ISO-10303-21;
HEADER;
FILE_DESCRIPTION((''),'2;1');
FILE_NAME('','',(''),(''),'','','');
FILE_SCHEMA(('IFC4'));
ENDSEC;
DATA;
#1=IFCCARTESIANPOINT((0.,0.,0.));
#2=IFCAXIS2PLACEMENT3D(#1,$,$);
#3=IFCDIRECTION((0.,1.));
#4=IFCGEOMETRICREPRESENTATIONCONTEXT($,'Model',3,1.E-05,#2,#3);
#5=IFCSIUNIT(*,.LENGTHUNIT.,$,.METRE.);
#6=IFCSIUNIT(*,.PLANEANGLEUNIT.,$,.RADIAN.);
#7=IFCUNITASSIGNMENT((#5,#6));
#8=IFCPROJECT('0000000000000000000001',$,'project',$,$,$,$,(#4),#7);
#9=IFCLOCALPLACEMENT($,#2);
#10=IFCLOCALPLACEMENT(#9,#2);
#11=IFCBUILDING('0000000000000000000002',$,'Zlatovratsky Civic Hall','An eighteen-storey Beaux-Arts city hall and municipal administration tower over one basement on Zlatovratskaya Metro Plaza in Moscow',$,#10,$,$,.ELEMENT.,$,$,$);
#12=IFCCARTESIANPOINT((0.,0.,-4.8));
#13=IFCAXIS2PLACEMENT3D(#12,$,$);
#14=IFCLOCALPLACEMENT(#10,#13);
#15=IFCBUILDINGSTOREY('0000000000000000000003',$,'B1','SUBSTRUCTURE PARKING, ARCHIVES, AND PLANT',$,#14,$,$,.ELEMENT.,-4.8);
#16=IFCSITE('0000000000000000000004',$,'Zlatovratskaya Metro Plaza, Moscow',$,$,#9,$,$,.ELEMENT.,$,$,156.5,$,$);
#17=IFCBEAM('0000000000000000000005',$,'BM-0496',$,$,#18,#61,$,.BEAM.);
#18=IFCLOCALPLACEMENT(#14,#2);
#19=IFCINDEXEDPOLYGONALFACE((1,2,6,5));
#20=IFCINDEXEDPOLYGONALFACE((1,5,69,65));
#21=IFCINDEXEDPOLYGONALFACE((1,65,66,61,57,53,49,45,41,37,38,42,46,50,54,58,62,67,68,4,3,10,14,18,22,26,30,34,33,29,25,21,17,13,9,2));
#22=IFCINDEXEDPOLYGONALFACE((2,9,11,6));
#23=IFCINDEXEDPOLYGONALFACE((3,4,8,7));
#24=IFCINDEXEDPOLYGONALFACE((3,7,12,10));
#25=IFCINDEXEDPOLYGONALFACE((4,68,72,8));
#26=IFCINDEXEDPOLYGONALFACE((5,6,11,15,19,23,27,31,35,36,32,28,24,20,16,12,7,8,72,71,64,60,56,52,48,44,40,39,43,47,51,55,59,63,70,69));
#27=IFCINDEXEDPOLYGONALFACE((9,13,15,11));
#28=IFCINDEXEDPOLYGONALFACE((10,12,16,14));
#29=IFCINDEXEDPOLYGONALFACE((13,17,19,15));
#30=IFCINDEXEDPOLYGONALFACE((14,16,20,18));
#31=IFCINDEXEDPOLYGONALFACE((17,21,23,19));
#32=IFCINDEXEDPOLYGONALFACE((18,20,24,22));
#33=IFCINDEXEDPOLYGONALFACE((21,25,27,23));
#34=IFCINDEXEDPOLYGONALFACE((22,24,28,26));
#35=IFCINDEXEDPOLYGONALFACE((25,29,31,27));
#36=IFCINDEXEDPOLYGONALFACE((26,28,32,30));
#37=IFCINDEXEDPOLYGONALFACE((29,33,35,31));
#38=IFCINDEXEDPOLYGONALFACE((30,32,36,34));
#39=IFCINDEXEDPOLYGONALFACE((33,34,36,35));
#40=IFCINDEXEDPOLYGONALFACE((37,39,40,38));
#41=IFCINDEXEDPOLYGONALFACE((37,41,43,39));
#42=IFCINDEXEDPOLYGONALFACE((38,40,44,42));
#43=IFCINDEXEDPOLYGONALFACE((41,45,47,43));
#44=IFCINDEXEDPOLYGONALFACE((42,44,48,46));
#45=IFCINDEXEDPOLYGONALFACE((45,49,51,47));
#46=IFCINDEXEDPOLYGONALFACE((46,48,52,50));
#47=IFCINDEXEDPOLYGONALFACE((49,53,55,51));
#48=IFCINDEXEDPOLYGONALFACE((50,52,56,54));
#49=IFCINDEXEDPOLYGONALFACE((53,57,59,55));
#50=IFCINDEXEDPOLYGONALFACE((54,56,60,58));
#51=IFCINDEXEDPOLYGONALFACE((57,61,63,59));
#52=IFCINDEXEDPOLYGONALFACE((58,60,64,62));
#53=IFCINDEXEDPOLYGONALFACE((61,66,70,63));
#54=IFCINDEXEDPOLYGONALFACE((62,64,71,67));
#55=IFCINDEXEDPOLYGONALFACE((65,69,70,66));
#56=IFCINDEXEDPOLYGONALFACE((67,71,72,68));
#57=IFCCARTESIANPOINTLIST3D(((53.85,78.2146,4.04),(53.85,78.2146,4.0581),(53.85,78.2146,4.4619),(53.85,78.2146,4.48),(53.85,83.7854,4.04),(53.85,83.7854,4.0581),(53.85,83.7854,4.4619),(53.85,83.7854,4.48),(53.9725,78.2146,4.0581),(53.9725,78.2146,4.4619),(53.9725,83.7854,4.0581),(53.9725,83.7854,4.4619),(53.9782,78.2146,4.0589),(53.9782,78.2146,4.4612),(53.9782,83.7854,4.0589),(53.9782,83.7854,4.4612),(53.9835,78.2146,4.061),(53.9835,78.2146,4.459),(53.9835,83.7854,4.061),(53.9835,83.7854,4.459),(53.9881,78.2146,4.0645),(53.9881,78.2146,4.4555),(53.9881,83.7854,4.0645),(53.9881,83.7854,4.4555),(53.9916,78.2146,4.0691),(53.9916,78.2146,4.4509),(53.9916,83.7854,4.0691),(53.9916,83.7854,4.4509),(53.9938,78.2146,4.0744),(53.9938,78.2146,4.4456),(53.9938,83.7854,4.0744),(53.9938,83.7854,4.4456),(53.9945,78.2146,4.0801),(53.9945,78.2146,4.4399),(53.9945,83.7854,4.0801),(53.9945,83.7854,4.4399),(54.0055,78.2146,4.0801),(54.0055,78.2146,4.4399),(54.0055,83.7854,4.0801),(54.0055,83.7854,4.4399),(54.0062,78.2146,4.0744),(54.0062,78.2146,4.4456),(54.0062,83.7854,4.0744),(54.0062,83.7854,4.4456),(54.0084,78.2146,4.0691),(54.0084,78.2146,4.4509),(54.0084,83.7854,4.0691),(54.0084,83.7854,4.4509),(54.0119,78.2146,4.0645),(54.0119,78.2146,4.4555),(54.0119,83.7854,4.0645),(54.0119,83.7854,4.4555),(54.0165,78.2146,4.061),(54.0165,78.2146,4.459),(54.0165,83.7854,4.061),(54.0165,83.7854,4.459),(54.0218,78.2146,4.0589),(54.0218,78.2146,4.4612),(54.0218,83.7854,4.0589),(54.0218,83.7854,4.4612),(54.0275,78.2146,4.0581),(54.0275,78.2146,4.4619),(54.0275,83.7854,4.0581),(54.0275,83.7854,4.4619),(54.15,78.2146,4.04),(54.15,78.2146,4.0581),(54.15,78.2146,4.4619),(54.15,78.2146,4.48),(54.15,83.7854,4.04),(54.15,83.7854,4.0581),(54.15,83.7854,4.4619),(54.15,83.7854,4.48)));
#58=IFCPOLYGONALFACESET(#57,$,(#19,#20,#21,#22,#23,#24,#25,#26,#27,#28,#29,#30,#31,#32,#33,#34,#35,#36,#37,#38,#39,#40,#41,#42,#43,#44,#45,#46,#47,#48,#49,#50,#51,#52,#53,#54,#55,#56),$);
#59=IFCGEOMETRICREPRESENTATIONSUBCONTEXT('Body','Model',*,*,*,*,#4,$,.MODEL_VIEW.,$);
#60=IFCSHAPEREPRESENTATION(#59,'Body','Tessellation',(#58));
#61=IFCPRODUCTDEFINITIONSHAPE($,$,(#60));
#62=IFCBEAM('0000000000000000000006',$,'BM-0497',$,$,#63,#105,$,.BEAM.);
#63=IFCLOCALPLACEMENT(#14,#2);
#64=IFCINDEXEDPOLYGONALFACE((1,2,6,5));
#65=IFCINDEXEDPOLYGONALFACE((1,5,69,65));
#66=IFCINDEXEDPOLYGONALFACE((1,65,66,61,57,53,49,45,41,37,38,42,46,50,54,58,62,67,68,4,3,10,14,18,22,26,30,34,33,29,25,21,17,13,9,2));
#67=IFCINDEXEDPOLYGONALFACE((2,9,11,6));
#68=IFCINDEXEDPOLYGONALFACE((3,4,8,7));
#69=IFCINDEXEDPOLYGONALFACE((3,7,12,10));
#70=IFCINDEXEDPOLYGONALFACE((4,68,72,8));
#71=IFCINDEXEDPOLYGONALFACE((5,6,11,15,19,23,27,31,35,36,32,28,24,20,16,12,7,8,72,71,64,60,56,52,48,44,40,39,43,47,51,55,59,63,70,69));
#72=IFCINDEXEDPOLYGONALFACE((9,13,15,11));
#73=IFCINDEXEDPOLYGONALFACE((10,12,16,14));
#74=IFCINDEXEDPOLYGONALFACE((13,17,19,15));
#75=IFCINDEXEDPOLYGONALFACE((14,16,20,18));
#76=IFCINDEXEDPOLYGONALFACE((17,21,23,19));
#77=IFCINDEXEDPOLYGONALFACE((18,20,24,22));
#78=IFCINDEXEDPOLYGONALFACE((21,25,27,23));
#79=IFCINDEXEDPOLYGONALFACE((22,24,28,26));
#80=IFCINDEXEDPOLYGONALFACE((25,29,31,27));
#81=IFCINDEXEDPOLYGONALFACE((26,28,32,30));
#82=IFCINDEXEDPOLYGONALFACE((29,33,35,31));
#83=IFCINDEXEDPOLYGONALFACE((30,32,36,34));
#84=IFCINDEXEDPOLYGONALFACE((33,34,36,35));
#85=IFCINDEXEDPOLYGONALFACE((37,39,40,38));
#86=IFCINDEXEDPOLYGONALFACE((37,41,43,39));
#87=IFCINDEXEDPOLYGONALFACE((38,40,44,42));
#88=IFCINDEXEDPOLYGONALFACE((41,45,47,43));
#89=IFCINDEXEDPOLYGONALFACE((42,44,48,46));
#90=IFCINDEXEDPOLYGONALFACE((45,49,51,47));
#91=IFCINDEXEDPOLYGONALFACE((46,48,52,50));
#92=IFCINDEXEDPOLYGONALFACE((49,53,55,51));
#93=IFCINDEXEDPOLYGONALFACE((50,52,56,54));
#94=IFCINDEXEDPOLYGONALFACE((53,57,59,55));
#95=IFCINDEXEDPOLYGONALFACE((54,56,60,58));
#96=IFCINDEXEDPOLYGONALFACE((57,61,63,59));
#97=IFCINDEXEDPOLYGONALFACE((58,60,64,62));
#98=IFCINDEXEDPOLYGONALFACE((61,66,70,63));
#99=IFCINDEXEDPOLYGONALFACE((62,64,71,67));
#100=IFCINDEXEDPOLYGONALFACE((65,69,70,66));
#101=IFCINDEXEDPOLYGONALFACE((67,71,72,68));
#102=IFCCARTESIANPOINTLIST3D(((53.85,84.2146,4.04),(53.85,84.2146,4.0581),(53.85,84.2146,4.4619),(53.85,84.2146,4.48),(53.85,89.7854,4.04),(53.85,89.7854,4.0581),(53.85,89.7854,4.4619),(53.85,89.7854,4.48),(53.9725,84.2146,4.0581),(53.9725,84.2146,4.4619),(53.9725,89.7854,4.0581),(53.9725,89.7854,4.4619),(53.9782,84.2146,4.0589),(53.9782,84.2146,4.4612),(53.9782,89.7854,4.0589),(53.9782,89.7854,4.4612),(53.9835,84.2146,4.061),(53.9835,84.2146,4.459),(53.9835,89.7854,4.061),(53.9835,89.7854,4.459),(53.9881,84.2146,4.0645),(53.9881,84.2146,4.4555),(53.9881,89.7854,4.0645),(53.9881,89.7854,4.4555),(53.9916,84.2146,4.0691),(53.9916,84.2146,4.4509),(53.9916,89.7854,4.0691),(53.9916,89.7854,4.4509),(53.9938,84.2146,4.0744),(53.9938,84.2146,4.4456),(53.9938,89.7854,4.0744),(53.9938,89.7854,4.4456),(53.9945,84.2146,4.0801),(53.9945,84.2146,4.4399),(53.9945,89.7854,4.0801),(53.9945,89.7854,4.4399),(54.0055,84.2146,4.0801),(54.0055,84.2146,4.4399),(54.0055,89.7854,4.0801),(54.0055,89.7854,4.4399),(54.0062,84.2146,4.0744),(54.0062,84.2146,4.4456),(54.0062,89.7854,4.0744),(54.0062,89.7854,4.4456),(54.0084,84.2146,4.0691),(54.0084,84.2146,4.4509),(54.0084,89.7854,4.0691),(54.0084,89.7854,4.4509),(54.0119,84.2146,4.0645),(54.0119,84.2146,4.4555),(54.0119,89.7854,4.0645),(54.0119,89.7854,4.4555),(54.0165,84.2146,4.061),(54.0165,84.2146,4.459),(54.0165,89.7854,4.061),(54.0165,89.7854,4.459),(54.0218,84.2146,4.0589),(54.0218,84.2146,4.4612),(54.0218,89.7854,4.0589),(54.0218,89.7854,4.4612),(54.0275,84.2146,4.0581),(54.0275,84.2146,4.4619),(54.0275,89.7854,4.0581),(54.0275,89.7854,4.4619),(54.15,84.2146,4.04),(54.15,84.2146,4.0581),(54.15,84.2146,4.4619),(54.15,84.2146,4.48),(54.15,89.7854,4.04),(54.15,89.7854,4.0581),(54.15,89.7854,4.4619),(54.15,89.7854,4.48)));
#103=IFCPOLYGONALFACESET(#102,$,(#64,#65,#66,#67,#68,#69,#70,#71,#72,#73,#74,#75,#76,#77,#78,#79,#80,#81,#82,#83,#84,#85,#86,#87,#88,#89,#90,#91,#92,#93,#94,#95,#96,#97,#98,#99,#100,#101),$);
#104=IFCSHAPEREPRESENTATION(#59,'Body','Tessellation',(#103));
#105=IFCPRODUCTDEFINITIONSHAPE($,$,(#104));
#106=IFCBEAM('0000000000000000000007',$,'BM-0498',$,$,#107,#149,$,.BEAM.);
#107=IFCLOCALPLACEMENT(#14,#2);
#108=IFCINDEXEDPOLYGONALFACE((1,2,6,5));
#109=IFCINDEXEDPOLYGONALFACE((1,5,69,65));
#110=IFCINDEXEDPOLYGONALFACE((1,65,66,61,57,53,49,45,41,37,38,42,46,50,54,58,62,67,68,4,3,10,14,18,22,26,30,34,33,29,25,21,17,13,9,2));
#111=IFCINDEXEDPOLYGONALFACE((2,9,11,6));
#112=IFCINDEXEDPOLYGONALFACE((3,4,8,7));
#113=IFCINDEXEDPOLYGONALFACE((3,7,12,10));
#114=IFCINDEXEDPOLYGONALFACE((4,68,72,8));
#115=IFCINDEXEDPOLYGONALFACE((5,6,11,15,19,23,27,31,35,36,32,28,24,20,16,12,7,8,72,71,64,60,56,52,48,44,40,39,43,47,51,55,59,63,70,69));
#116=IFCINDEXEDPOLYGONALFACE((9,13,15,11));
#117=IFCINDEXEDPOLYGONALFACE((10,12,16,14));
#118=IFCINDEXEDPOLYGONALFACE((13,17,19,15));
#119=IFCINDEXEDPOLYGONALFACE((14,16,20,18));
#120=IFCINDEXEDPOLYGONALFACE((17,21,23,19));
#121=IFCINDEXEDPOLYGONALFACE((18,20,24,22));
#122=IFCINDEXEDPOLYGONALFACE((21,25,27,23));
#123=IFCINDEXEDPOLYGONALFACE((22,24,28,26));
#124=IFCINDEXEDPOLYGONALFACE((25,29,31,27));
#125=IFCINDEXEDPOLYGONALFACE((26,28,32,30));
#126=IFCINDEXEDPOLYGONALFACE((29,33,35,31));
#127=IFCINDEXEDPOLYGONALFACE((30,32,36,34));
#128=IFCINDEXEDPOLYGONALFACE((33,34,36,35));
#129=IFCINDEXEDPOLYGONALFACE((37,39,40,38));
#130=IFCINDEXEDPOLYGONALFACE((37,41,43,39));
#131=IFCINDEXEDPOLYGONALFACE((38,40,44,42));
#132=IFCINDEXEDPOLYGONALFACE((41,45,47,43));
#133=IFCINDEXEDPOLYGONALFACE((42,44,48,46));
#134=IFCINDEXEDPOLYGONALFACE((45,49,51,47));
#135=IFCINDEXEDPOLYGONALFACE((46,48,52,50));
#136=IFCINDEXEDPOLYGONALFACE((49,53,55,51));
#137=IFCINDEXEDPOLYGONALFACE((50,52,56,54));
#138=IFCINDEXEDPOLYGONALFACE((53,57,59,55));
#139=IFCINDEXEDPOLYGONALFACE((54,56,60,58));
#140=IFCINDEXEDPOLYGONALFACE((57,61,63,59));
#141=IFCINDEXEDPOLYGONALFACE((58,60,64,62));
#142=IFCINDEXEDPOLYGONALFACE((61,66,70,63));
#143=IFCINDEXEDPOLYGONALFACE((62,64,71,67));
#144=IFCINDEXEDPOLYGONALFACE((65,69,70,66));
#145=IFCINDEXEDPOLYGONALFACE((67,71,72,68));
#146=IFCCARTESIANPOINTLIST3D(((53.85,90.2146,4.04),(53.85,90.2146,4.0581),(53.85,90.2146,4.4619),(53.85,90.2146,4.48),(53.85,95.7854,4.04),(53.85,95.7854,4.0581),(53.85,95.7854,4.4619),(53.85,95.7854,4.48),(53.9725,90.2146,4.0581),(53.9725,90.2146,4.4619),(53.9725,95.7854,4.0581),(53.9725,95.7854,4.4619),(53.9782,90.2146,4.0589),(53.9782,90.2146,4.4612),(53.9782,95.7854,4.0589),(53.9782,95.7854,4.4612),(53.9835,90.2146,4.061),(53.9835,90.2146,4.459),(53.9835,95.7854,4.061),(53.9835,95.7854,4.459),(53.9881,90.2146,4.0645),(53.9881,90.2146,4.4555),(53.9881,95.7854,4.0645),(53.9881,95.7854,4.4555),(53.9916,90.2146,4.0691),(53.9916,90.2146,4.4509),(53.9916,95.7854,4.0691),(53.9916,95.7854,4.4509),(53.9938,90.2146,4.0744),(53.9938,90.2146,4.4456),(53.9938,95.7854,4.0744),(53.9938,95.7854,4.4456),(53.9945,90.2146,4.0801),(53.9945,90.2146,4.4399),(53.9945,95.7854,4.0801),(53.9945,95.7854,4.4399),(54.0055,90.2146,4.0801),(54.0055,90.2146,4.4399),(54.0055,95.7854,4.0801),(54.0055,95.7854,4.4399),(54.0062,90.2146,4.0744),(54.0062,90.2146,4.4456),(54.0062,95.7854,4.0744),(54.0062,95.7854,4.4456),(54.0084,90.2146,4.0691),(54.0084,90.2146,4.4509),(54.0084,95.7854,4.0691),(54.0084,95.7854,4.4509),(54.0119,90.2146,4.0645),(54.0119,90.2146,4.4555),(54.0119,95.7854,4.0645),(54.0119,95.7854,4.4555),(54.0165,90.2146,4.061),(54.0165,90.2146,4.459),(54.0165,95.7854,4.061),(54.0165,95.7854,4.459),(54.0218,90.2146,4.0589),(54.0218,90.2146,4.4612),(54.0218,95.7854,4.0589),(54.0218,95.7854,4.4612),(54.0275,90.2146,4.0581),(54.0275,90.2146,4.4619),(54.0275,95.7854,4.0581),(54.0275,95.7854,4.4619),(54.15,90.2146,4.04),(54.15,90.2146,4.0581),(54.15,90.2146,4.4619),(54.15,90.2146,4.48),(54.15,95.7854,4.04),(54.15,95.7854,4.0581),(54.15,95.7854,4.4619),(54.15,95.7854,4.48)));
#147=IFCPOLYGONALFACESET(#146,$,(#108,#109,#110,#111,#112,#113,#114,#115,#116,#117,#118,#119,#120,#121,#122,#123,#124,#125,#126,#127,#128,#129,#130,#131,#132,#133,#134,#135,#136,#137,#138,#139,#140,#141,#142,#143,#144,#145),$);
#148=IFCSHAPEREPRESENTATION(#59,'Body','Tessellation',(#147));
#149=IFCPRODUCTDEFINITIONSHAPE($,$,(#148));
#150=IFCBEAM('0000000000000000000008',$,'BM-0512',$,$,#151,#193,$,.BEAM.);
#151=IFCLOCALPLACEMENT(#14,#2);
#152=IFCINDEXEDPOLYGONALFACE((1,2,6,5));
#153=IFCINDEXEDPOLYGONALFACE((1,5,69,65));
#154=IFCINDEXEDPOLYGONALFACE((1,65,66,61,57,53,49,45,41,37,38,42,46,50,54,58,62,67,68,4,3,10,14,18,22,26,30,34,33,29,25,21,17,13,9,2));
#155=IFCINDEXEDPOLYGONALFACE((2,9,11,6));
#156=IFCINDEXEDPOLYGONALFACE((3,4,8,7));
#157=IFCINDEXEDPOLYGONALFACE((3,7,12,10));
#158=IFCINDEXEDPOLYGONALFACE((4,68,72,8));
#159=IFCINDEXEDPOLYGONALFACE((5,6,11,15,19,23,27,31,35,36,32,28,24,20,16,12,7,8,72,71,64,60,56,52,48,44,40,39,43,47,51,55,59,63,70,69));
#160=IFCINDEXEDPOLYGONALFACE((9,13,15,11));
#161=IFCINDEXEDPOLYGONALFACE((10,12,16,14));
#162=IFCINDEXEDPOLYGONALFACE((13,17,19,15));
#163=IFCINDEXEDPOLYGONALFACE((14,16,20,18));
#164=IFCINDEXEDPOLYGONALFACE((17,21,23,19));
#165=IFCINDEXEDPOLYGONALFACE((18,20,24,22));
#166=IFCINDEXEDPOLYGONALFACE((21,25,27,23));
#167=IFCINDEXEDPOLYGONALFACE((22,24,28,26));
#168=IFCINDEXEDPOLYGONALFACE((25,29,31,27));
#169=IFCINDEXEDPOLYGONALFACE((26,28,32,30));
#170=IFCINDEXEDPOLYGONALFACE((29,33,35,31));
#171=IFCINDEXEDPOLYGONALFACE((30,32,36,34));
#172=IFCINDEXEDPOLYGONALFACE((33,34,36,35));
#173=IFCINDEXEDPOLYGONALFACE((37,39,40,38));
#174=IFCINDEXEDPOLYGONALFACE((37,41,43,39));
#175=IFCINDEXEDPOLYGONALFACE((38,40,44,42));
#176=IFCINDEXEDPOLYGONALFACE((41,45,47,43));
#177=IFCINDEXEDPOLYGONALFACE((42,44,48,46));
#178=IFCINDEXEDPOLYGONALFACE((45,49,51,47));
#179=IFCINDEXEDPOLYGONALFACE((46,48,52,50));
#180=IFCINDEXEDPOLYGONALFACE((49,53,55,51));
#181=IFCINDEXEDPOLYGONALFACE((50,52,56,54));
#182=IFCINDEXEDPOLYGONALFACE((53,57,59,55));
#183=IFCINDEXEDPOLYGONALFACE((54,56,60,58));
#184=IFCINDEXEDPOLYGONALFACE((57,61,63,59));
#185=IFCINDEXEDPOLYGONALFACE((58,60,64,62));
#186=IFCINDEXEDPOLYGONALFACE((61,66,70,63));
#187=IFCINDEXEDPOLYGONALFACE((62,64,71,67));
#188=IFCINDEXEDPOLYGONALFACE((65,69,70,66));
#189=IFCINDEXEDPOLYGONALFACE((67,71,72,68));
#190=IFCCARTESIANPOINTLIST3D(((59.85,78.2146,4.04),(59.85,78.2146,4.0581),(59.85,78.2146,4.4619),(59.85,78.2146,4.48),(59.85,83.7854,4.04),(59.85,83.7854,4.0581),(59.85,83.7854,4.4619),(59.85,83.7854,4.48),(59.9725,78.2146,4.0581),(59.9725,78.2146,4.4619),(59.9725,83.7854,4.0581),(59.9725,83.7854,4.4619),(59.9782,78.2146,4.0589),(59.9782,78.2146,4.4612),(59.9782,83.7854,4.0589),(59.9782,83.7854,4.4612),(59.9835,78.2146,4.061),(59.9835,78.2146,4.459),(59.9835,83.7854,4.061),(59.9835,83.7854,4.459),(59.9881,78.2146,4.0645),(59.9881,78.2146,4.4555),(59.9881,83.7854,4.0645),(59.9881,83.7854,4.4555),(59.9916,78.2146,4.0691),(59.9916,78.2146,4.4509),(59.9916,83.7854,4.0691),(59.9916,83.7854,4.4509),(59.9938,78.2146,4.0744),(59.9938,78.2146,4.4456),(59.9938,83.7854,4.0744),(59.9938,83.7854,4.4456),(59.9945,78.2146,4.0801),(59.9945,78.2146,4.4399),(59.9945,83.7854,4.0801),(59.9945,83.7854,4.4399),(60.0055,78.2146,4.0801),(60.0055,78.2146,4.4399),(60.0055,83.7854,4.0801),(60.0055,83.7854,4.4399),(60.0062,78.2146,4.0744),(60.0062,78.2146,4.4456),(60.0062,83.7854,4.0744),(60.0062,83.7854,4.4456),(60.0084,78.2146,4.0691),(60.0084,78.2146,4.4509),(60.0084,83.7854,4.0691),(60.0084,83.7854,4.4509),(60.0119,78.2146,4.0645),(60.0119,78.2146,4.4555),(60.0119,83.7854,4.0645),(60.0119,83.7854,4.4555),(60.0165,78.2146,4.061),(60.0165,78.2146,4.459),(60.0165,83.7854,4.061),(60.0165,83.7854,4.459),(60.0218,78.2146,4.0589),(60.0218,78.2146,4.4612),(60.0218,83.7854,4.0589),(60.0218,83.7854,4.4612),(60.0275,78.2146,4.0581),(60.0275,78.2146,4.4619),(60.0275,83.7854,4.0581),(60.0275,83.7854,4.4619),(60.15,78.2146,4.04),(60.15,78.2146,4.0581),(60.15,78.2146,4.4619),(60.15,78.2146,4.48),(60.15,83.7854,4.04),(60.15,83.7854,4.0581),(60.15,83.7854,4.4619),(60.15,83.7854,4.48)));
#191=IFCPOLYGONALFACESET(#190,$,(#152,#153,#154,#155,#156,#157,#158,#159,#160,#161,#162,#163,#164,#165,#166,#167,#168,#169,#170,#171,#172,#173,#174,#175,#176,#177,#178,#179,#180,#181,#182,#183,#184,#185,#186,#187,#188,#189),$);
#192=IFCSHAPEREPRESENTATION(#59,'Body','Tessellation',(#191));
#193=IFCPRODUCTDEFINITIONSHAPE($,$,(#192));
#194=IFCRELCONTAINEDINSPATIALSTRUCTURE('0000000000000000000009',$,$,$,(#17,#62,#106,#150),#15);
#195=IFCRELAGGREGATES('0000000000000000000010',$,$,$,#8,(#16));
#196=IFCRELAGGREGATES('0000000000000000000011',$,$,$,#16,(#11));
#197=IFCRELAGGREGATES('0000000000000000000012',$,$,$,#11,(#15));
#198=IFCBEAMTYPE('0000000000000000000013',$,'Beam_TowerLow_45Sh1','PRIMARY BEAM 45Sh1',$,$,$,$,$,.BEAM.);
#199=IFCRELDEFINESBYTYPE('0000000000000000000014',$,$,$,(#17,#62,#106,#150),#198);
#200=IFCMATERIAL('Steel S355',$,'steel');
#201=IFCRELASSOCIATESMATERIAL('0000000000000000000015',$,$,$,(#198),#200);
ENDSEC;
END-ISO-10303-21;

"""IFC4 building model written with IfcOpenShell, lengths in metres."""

from ifc_helpers import new_model, si_unit, direction, frame, origin, origin_2d, place, context, subcontext, project, spatial, i_section, extrude, material, material_profile, profile_set, type_object, element, save


model = new_model("IFC4")

# Units and contexts
model_context = context("Model", 3, precision=1e-05, world=origin(), true_north=direction((0.0, 1.0)))
body_context = subcontext(model_context, "Body", "Model", "MODEL_VIEW")
ifc_project = project(units=[si_unit("LENGTHUNIT", "METRE"), si_unit("PLANEANGLEUNIT", "RADIAN")], contexts=[model_context])

# Site, building, storey
site_placement = place(None, origin())
site = spatial("IfcSite", under=ifc_project, at=site_placement, Name="Zlatovratskaya Metro Plaza, Moscow", CompositionType="ELEMENT", RefElevation=156.5)
building_placement = place(site_placement, origin())
building = spatial("IfcBuilding", under=site, at=building_placement, Name="Zlatovratsky Civic Hall", Description="An eighteen-storey Beaux-Arts city hall and municipal administration tower over one basement on Zlatovratskaya Metro Plaza in Moscow", CompositionType="ELEMENT")
storey_placement = place(building_placement, frame((0.0, 0.0, -4.8)))
storey = spatial("IfcBuildingStorey", under=building, at=storey_placement, Name="B1", Description="SUBSTRUCTURE PARKING, ARCHIVES, AND PLANT", CompositionType="ELEMENT", Elevation=-4.8)

# Shared definitions
ifc_material_1 = material(Name="Steel S355", Category="steel")

# Beams
ifc_material_profile_1 = material_profile(ifc_material_1, i_section(OverallWidth=0.3, OverallDepth=0.4399, WebThickness=0.011, FlangeThickness=0.0181, FilletRadius=0.022, at=origin_2d()), Name="45Sh1")
ifc_profile_set_1 = profile_set([ifc_material_profile_1], Name="Steel S355")
beam_type = type_object("IfcBeamType", Name="Beam_TowerLow_45Sh1", Description="PRIMARY BEAM 45Sh1", PredefinedType="BEAM", material=ifc_profile_set_1)
for number, where, z_axis, x_axis, name in (
    (1, (54.0, 78.2146, 4.26), (0.0, 1.0, 0.0), (-1.0, 0.0, 0.0), "BM-0496"),
    (2, (54.0, 84.2146, 4.26), (0.0, 1.0, 0.0), (-1.0, 0.0, 0.0), "BM-0497"),
    (3, (54.0, 90.2146, 4.26), (0.0, 1.0, 0.0), (-1.0, 0.0, 0.0), "BM-0498"),
    (4, (60.0, 78.2146, 4.26), (0.0, 1.0, 0.0), (-1.0, 0.0, 0.0), "BM-0512"),
):
    element("IfcBeam", number, at=place(storey_placement, frame(where, z_axis=z_axis, x_axis=x_axis)), inside=storey, type_object=beam_type, Name=name, PredefinedType="BEAM", context=body_context, shape_type="SweptSolid", body=[
        extrude(i_section(OverallWidth=0.3, OverallDepth=0.4399, WebThickness=0.011, FlangeThickness=0.0181, FilletRadius=0.022, at=origin_2d()), origin(), (0.0, 0.0, 1.0), 5.5708),
    ])

save(model, "model.ifc")
